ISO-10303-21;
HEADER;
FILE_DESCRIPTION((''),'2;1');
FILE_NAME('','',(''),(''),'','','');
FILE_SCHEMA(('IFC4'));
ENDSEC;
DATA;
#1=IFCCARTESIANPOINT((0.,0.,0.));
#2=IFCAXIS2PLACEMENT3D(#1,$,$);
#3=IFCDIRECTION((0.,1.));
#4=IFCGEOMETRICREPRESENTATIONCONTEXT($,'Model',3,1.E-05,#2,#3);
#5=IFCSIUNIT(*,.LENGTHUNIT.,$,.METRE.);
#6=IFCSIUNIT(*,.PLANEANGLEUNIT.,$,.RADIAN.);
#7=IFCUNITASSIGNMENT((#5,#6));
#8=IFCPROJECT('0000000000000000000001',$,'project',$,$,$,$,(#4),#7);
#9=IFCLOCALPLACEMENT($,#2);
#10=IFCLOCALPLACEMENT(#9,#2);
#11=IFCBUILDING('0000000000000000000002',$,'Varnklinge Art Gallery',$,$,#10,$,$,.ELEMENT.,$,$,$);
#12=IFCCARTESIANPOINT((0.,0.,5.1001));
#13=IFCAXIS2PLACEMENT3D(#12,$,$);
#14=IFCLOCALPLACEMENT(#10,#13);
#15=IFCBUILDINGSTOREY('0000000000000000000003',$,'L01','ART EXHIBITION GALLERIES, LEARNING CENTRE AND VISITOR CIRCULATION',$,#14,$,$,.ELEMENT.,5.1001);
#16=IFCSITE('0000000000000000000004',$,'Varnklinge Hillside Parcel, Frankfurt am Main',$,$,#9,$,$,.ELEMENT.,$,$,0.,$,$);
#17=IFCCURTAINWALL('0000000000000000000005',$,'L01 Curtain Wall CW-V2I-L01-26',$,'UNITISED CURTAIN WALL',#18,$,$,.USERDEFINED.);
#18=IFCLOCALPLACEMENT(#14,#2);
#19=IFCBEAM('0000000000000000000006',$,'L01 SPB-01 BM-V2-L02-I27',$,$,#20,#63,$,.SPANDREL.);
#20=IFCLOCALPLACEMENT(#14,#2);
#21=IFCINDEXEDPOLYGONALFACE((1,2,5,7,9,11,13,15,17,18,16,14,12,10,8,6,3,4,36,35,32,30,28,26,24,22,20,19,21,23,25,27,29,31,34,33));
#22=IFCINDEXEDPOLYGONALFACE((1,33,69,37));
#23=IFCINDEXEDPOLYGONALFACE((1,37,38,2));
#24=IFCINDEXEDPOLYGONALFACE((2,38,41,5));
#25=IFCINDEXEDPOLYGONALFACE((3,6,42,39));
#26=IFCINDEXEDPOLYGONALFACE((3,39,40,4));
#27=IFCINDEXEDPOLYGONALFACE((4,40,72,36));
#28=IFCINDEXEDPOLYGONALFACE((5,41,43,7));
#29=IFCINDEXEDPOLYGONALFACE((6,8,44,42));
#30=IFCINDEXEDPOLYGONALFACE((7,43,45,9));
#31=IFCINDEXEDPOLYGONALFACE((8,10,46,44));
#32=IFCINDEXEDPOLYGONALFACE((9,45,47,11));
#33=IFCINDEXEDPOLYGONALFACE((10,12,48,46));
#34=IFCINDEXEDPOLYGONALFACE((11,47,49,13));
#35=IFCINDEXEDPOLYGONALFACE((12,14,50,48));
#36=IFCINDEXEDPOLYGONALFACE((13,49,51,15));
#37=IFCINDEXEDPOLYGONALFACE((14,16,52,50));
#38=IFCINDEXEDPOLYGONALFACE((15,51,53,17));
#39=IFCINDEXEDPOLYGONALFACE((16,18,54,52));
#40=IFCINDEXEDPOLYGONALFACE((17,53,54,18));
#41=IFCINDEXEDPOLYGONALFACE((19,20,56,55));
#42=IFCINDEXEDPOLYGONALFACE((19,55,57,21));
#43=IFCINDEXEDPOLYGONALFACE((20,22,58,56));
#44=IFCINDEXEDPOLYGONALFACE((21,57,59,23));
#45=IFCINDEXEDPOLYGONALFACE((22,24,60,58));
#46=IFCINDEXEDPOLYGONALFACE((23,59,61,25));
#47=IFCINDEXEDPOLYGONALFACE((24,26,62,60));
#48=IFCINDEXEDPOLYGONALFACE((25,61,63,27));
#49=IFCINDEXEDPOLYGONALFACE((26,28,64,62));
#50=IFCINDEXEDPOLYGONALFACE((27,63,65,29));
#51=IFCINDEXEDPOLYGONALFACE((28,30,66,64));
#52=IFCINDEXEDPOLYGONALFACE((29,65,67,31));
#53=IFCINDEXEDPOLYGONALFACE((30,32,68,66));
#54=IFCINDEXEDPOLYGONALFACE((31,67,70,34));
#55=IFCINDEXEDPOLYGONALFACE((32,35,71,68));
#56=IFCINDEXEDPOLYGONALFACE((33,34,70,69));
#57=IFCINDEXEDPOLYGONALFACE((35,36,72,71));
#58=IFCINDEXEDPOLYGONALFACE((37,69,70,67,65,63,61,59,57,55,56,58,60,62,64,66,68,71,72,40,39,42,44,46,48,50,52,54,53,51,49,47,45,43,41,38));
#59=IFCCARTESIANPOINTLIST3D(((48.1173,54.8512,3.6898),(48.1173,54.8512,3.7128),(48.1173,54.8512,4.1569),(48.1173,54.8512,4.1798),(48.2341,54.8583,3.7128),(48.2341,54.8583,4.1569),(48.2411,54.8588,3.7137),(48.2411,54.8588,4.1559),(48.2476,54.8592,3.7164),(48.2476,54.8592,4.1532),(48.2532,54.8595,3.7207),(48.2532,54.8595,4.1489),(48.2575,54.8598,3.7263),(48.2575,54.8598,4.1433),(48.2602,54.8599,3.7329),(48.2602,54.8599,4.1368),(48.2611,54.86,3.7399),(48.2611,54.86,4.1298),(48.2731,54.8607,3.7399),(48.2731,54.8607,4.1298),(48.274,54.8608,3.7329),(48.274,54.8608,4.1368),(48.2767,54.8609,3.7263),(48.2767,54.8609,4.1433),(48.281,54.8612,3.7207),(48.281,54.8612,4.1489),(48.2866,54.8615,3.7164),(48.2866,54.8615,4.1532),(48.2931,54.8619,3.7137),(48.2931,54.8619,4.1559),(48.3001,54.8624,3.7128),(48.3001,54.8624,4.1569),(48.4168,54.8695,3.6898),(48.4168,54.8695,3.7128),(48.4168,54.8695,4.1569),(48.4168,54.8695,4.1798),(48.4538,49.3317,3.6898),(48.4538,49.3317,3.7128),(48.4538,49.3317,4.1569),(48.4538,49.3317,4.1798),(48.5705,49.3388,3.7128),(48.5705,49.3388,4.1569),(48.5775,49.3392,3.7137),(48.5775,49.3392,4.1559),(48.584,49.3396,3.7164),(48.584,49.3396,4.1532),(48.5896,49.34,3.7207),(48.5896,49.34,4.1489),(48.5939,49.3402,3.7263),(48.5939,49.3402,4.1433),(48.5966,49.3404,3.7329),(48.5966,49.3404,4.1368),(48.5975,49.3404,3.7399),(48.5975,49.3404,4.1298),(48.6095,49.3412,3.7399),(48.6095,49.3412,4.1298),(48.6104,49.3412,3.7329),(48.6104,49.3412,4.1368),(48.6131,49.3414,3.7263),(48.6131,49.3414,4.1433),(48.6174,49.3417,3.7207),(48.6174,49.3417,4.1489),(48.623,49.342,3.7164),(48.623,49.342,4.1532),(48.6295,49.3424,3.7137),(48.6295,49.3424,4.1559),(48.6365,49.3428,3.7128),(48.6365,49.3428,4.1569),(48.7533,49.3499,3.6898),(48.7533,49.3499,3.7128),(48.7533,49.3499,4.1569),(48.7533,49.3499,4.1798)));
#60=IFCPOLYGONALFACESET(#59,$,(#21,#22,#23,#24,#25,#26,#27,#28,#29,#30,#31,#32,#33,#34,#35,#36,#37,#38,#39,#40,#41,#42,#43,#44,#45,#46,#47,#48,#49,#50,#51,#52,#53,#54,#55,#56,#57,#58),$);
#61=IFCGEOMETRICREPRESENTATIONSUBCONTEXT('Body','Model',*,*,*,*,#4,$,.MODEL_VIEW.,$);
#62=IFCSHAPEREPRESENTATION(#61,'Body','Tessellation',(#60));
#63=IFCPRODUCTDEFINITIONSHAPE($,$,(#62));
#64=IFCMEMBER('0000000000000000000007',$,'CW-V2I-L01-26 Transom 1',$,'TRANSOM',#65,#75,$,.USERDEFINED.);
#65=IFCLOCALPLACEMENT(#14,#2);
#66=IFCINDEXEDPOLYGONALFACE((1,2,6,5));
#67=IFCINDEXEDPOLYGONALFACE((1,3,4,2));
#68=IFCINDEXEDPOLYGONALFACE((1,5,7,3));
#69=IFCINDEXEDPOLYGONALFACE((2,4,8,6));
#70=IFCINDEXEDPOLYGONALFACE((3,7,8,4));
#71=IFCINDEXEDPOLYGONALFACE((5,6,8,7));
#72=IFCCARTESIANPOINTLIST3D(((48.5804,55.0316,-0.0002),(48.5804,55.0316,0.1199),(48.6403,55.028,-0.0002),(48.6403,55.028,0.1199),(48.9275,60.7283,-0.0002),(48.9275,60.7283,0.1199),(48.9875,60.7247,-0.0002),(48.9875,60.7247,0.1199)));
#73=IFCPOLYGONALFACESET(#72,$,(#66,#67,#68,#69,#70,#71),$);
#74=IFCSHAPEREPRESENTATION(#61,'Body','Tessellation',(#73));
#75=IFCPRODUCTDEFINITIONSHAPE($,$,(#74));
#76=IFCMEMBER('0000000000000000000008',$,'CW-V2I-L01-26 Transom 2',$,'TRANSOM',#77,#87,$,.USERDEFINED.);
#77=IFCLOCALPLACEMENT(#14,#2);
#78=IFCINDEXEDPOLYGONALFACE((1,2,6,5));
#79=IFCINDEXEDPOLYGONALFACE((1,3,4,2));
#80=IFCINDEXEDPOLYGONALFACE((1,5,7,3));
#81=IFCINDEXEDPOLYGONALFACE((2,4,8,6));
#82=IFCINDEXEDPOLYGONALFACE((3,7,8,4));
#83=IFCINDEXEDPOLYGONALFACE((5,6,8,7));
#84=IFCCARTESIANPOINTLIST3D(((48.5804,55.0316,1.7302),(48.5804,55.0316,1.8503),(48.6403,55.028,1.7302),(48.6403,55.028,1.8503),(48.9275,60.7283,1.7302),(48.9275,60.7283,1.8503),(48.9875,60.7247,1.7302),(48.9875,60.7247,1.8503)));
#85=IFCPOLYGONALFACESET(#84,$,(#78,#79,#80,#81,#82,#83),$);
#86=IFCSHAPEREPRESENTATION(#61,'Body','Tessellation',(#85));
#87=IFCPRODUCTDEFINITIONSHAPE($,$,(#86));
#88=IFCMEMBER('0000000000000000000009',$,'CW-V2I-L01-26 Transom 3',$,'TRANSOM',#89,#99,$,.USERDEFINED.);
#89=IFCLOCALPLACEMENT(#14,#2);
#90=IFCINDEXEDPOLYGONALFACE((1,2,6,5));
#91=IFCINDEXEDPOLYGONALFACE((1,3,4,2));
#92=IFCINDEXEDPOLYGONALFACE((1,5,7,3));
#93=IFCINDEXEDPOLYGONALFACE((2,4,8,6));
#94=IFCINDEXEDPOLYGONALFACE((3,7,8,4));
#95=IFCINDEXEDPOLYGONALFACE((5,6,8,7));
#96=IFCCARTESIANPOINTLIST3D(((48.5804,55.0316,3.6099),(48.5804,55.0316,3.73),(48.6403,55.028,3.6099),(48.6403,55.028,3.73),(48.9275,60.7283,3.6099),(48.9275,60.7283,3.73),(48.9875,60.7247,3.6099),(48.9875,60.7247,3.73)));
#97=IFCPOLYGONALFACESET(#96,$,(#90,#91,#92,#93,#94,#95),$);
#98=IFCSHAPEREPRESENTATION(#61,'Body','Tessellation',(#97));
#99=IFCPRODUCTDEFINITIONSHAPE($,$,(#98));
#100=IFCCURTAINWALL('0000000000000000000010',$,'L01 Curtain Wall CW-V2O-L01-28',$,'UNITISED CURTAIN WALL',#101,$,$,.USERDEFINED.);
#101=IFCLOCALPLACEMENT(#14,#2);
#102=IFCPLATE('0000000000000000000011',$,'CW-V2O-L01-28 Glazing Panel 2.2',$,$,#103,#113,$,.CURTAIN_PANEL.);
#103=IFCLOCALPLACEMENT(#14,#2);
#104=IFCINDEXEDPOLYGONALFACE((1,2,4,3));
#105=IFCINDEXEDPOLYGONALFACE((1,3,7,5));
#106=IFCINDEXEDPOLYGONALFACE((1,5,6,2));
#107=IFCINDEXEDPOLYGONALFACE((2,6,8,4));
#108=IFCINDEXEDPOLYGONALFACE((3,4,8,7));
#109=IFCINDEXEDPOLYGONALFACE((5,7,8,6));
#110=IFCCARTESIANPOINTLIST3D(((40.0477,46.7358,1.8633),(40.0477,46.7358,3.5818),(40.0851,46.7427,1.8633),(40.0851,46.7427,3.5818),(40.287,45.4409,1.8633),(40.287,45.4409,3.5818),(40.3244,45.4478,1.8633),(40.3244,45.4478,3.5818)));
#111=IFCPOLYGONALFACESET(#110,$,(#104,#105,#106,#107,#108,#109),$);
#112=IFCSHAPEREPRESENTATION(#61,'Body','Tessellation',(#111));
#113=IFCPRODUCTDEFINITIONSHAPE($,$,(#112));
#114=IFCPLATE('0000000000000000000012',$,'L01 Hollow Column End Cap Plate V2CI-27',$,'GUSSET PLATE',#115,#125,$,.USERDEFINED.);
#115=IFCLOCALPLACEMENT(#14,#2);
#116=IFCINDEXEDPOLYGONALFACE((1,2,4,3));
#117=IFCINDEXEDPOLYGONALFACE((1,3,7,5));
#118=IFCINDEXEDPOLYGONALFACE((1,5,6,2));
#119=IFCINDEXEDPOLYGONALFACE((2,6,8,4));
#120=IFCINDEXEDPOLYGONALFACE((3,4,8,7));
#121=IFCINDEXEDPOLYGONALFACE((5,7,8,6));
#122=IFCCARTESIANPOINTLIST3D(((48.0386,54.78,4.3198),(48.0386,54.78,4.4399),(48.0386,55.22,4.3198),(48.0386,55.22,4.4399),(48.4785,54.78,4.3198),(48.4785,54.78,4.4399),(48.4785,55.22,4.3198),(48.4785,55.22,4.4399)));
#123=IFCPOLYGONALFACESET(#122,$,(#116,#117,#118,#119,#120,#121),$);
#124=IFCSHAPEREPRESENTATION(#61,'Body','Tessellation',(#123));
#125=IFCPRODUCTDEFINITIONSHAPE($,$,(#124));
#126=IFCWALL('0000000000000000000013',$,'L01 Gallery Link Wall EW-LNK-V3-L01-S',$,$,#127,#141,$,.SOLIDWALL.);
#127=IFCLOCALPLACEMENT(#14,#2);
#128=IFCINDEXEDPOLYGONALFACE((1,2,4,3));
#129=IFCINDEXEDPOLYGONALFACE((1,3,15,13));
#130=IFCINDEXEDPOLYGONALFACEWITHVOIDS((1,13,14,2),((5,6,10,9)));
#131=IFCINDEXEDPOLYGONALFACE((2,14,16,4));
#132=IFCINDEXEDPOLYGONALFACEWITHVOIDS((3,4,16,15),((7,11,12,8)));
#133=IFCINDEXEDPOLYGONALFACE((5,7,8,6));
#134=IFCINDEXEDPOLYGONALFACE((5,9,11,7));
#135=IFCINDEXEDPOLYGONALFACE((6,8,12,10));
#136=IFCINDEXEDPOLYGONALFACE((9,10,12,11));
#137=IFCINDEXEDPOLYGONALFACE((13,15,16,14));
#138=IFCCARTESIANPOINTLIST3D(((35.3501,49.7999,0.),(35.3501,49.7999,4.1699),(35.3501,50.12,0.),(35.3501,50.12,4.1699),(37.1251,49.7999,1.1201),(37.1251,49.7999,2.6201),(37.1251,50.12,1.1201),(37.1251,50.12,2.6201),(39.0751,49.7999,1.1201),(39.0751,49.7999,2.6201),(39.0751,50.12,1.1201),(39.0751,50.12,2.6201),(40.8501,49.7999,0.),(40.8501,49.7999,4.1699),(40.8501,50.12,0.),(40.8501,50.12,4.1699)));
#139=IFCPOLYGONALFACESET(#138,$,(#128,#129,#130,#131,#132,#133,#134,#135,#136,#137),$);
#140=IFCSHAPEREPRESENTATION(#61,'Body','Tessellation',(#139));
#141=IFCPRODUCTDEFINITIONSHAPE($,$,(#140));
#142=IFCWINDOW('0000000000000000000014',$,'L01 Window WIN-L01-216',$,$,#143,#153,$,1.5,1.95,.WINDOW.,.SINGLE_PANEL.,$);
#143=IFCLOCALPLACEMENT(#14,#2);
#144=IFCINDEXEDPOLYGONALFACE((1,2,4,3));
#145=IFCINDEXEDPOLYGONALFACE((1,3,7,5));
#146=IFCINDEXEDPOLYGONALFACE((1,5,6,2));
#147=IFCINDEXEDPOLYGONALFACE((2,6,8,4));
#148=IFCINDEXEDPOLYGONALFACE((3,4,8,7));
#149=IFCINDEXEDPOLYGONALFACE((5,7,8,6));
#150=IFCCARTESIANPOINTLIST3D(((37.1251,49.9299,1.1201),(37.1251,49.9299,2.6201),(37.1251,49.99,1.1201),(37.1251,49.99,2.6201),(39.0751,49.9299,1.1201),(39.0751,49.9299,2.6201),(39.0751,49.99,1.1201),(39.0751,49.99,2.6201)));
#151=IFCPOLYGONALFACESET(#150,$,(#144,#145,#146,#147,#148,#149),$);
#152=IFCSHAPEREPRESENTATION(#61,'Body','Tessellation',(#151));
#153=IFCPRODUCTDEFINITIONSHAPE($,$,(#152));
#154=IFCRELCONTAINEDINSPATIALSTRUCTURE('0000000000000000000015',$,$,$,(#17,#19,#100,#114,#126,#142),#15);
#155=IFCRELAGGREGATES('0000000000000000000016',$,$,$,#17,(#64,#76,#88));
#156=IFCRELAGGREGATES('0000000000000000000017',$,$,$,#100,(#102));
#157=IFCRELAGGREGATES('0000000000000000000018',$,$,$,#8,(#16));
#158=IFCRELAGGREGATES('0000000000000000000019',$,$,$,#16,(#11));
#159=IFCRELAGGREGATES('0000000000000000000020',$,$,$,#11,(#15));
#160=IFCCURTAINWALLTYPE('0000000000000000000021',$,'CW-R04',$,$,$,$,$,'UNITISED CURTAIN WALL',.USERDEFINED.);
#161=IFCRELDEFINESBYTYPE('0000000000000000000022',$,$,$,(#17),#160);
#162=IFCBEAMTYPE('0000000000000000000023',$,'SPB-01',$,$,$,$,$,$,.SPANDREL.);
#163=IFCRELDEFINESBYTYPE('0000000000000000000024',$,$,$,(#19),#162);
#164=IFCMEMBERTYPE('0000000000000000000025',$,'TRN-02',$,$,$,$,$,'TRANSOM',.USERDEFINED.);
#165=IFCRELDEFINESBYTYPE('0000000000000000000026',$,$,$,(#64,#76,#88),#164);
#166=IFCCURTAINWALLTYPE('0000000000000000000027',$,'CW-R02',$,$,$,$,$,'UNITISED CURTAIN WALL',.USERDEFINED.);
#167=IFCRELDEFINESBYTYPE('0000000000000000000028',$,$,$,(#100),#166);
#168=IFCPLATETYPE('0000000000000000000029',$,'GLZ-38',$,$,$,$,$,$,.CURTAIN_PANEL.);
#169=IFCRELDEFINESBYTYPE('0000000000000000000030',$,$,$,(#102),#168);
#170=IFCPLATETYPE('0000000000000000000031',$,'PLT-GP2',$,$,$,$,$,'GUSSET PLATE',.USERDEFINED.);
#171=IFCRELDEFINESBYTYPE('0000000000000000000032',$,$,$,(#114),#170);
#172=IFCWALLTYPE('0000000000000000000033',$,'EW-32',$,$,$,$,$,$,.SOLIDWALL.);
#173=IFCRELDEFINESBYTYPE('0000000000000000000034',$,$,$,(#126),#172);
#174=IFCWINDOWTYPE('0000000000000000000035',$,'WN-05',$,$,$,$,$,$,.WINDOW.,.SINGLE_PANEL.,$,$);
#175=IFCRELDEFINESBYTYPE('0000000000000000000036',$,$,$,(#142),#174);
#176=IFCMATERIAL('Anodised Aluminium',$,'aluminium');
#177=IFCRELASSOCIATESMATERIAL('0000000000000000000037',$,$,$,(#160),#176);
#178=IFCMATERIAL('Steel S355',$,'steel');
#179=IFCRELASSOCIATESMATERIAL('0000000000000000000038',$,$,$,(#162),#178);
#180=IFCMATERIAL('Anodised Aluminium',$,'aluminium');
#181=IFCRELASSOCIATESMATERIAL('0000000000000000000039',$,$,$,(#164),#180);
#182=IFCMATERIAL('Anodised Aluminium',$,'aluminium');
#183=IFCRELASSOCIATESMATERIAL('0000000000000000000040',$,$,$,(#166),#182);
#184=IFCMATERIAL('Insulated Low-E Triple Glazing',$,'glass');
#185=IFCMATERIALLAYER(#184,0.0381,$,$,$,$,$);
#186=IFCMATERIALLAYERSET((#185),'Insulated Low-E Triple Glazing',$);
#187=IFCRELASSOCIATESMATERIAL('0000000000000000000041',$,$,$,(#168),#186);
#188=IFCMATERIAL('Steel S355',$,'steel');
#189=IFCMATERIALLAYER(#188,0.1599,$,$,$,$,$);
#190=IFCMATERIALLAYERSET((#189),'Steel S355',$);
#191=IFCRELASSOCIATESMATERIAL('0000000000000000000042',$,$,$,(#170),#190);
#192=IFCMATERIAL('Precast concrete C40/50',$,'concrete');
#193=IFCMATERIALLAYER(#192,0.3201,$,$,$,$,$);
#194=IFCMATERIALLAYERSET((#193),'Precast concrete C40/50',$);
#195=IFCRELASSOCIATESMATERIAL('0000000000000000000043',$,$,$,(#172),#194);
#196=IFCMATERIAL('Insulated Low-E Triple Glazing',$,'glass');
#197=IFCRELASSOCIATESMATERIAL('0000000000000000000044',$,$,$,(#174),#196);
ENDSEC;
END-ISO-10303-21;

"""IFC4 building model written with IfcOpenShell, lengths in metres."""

from ifc_helpers import new_model, si_unit, direction, frame, frame_2d, origin, origin_2d, place, context, subcontext, project, spatial, rectangle, i_section, extrude, material, layer, layer_set, material_profile, profile_set, type_object, element, fill, aggregate, save


model = new_model("IFC4")

# Units and contexts
model_context = context("Model", 3, precision=1e-05, world=origin(), true_north=direction((0.0, 1.0)))
body_context = subcontext(model_context, "Body", "Model", "MODEL_VIEW")
ifc_project = project(units=[si_unit("LENGTHUNIT", "METRE"), si_unit("PLANEANGLEUNIT", "RADIAN")], contexts=[model_context])

# Site, building, storey
site_placement = place(None, origin())
site = spatial("IfcSite", under=ifc_project, at=site_placement, Name="Varnklinge Hillside Parcel, Frankfurt am Main", CompositionType="ELEMENT", RefElevation=0.0)
building_placement = place(site_placement, origin())
building = spatial("IfcBuilding", under=site, at=building_placement, Name="Varnklinge Art Gallery", CompositionType="ELEMENT")
storey_placement = place(building_placement, frame((0.0, 0.0, 5.1001)))
storey = spatial("IfcBuildingStorey", under=building, at=storey_placement, Name="L01", Description="ART EXHIBITION GALLERIES, LEARNING CENTRE AND VISITOR CIRCULATION", CompositionType="ELEMENT", Elevation=5.1001)

# Curtain wall
ifc_material_1 = material(Name="Anodised Aluminium", Category="aluminium")
curtain_wall_type_1 = type_object("IfcCurtainWallType", Name="CW-R04", ElementType="UNITISED CURTAIN WALL", PredefinedType="USERDEFINED", material=ifc_material_1)
curtain_wall_1_placement = place(storey_placement, origin())
curtain_wall_1 = element("IfcCurtainWall", 1, at=curtain_wall_1_placement, inside=storey, type_object=curtain_wall_type_1, Name="L01 Curtain Wall CW-V2I-L01-26", ObjectType="UNITISED CURTAIN WALL", PredefinedType="USERDEFINED")

# Beam
ifc_material_2 = material(Name="Steel S355", Category="steel")
ifc_material_profile_1 = material_profile(ifc_material_2, i_section(OverallWidth=0.3, OverallDepth=0.49, WebThickness=0.012, FlangeThickness=0.0229, FilletRadius=0.0271, at=origin_2d()), Name="HEA 500")
ifc_profile_set_1 = profile_set([ifc_material_profile_1], Name="Steel S355")
beam_type_1 = type_object("IfcBeamType", Name="SPB-01", PredefinedType="SPANDREL", material=ifc_profile_set_1)
beam_1_placement = place(storey_placement, frame((48.2671, 54.8604, 3.9348), z_axis=(0.060839, -0.998148, 0.0), x_axis=(0.998148, 0.060839, 0.0)))
element("IfcBeam", 2, at=beam_1_placement, inside=storey, type_object=beam_type_1, Name="L01 SPB-01 BM-V2-L02-I27", PredefinedType="SPANDREL", context=body_context, shape_type="SweptSolid", body=[
    extrude(i_section(OverallWidth=0.3, OverallDepth=0.49, WebThickness=0.012, FlangeThickness=0.0229, FilletRadius=0.0271, at=origin_2d()), origin(), (0.0, 0.0, 1.0), 5.5298),
])

# Members
ifc_material_3 = material(Name="Anodised Aluminium", Category="aluminium")
ifc_material_profile_2 = material_profile(ifc_material_3, rectangle(XDim=0.0601, YDim=0.1201, at=origin_2d()), Name="ALU 60x120")
ifc_profile_set_2 = profile_set([ifc_material_profile_2], Name="Anodised Aluminium")
member_type_1 = type_object("IfcMemberType", Name="TRN-02", ElementType="TRANSOM", PredefinedType="USERDEFINED", material=ifc_profile_set_2)
member_1_placement = place(storey_placement, frame((48.6104, 55.0298, 0.0598), z_axis=(0.060828, 0.998148, 0.0), x_axis=(-0.998148, 0.060828, 0.0)))
member_1 = element("IfcMember", 3, at=member_1_placement, type_object=member_type_1, Name="CW-V2I-L01-26 Transom 1", ObjectType="TRANSOM", PredefinedType="USERDEFINED", context=body_context, shape_type="SweptSolid", body=[
    extrude(rectangle(XDim=0.0601, YDim=0.1201, at=origin_2d()), origin(), (0.0, 0.0, 1.0), 5.7073),
])
member_2_placement = place(storey_placement, frame((48.6104, 55.0298, 1.7903), z_axis=(0.060828, 0.998148, 0.0), x_axis=(-0.998148, 0.060828, 0.0)))
member_2 = element("IfcMember", 4, at=member_2_placement, type_object=member_type_1, Name="CW-V2I-L01-26 Transom 2", ObjectType="TRANSOM", PredefinedType="USERDEFINED", context=body_context, shape_type="SweptSolid", body=[
    extrude(rectangle(XDim=0.0601, YDim=0.1201, at=origin_2d()), origin(), (0.0, 0.0, 1.0), 5.7073),
])
member_3_placement = place(storey_placement, frame((48.6104, 55.0298, 3.6699), z_axis=(0.060828, 0.998148, 0.0), x_axis=(-0.998148, 0.060828, 0.0)))
member_3 = element("IfcMember", 5, at=member_3_placement, type_object=member_type_1, Name="CW-V2I-L01-26 Transom 3", ObjectType="TRANSOM", PredefinedType="USERDEFINED", context=body_context, shape_type="SweptSolid", body=[
    extrude(rectangle(XDim=0.0601, YDim=0.1201, at=origin_2d()), origin(), (0.0, 0.0, 1.0), 5.7073),
])
aggregate(curtain_wall_1, [member_1, member_2, member_3])

# Curtain wall, plate
ifc_material_4 = material(Name="Anodised Aluminium", Category="aluminium")
curtain_wall_type_2 = type_object("IfcCurtainWallType", Name="CW-R02", ElementType="UNITISED CURTAIN WALL", PredefinedType="USERDEFINED", material=ifc_material_4)
curtain_wall_2_placement = place(storey_placement, origin())
curtain_wall_2 = element("IfcCurtainWall", 6, at=curtain_wall_2_placement, inside=storey, type_object=curtain_wall_type_2, Name="L01 Curtain Wall CW-V2O-L01-28", ObjectType="UNITISED CURTAIN WALL", PredefinedType="USERDEFINED")
ifc_material_5 = material(Name="Insulated Low-E Triple Glazing", Category="glass")
ifc_layer_1 = layer(ifc_material_5, 0.0381)
ifc_layer_set_1 = layer_set([ifc_layer_1], Name="Insulated Low-E Triple Glazing")
plate_type_1 = type_object("IfcPlateType", Name="GLZ-38", PredefinedType="CURTAIN_PANEL", material=ifc_layer_set_1)
plate_1_placement = place(storey_placement, frame((40.186, 46.0918, 1.8633), z_axis=(0.0, 0.0, 1.0), x_axis=(0.181721, -0.98335, 0.0)))
plate_1 = element("IfcPlate", 7, at=plate_1_placement, type_object=plate_type_1, Name="CW-V2O-L01-28 Glazing Panel 2.2", PredefinedType="CURTAIN_PANEL", context=body_context, shape_type="SweptSolid", body=[
    extrude(rectangle(XDim=1.3169, YDim=0.0381, at=origin_2d()), origin(), (0.0, 0.0, 1.0), 1.7185),
])
aggregate(curtain_wall_2, [plate_1])

# Plate
ifc_material_6 = material(Name="Steel S355", Category="steel")
ifc_layer_2 = layer(ifc_material_6, 0.1599)
ifc_layer_set_2 = layer_set([ifc_layer_2], Name="Steel S355")
plate_type_2 = type_object("IfcPlateType", Name="PLT-GP2", ElementType="GUSSET PLATE", PredefinedType="USERDEFINED", material=ifc_layer_set_2)
plate_2_placement = place(storey_placement, frame((48.2585, 55.0, 4.3198), z_axis=(0.0, 0.0, 1.0), x_axis=(1.0, 0.0, 0.0)))
element("IfcPlate", 8, at=plate_2_placement, inside=storey, type_object=plate_type_2, Name="L01 Hollow Column End Cap Plate V2CI-27", ObjectType="GUSSET PLATE", PredefinedType="USERDEFINED", context=body_context, shape_type="SweptSolid", body=[
    extrude(rectangle(XDim=0.4399, YDim=0.4399, at=origin_2d()), origin(), (0.0, 0.0, 1.0), 0.1201),
])

# Wall, opening, window
ifc_material_7 = material(Name="Precast concrete C40/50", Category="concrete")
ifc_layer_3 = layer(ifc_material_7, 0.3201)
ifc_layer_set_3 = layer_set([ifc_layer_3], Name="Precast concrete C40/50")
wall_type = type_object("IfcWallType", Name="EW-32", PredefinedType="SOLIDWALL", material=ifc_layer_set_3)
wall_placement = place(storey_placement, frame((40.8501, 49.96, 0.0), z_axis=(0.0, 0.0, 1.0), x_axis=(-1.0, 0.0, 0.0)))
wall = element("IfcWall", 9, at=wall_placement, inside=storey, type_object=wall_type, Name="L01 Gallery Link Wall EW-LNK-V3-L01-S", PredefinedType="SOLIDWALL", context=body_context, shape_type="SweptSolid", body=[
    extrude(rectangle(XDim=5.5, YDim=0.3201, at=frame_2d((2.75, 0.0))), origin(), (0.0, 0.0, 1.0), 4.1699),
])
opening_placement = place(wall_placement, frame((1.7749, 0.0, 1.1201)))
opening = element("IfcOpeningElement", 10, at=opening_placement, cuts=wall, PredefinedType="OPENING", context=body_context, shape_type="SweptSolid", body=[
    extrude(rectangle(XDim=1.95, YDim=1.5, at=frame_2d((0.9751, 0.75))), frame((0.0, 0.1702, 0.0), z_axis=(0.0, -1.0, 0.0), x_axis=(1.0, 0.0, 0.0)), (0.0, 0.0, 1.0), 0.3401),
])
ifc_material_8 = material(Name="Insulated Low-E Triple Glazing", Category="glass")
window_type = type_object("IfcWindowType", Name="WN-05", PartitioningType="SINGLE_PANEL", PredefinedType="WINDOW", material=ifc_material_8)
window_placement = place(opening_placement, origin())
window = element("IfcWindow", 11, at=window_placement, inside=storey, type_object=window_type, Name="L01 Window WIN-L01-216", OverallHeight=1.5, OverallWidth=1.95, PartitioningType="SINGLE_PANEL", PredefinedType="WINDOW", context=body_context, shape_type="SweptSolid", body=[
    extrude(rectangle(XDim=1.95, YDim=1.5, at=frame_2d((0.9751, 0.75))), frame((0.0, 0.03, 0.0), z_axis=(0.0, -1.0, 0.0), x_axis=(1.0, 0.0, 0.0)), (0.0, 0.0, 1.0), 0.0601),
])
fill(opening, window)

save(model, "model.ifc")
